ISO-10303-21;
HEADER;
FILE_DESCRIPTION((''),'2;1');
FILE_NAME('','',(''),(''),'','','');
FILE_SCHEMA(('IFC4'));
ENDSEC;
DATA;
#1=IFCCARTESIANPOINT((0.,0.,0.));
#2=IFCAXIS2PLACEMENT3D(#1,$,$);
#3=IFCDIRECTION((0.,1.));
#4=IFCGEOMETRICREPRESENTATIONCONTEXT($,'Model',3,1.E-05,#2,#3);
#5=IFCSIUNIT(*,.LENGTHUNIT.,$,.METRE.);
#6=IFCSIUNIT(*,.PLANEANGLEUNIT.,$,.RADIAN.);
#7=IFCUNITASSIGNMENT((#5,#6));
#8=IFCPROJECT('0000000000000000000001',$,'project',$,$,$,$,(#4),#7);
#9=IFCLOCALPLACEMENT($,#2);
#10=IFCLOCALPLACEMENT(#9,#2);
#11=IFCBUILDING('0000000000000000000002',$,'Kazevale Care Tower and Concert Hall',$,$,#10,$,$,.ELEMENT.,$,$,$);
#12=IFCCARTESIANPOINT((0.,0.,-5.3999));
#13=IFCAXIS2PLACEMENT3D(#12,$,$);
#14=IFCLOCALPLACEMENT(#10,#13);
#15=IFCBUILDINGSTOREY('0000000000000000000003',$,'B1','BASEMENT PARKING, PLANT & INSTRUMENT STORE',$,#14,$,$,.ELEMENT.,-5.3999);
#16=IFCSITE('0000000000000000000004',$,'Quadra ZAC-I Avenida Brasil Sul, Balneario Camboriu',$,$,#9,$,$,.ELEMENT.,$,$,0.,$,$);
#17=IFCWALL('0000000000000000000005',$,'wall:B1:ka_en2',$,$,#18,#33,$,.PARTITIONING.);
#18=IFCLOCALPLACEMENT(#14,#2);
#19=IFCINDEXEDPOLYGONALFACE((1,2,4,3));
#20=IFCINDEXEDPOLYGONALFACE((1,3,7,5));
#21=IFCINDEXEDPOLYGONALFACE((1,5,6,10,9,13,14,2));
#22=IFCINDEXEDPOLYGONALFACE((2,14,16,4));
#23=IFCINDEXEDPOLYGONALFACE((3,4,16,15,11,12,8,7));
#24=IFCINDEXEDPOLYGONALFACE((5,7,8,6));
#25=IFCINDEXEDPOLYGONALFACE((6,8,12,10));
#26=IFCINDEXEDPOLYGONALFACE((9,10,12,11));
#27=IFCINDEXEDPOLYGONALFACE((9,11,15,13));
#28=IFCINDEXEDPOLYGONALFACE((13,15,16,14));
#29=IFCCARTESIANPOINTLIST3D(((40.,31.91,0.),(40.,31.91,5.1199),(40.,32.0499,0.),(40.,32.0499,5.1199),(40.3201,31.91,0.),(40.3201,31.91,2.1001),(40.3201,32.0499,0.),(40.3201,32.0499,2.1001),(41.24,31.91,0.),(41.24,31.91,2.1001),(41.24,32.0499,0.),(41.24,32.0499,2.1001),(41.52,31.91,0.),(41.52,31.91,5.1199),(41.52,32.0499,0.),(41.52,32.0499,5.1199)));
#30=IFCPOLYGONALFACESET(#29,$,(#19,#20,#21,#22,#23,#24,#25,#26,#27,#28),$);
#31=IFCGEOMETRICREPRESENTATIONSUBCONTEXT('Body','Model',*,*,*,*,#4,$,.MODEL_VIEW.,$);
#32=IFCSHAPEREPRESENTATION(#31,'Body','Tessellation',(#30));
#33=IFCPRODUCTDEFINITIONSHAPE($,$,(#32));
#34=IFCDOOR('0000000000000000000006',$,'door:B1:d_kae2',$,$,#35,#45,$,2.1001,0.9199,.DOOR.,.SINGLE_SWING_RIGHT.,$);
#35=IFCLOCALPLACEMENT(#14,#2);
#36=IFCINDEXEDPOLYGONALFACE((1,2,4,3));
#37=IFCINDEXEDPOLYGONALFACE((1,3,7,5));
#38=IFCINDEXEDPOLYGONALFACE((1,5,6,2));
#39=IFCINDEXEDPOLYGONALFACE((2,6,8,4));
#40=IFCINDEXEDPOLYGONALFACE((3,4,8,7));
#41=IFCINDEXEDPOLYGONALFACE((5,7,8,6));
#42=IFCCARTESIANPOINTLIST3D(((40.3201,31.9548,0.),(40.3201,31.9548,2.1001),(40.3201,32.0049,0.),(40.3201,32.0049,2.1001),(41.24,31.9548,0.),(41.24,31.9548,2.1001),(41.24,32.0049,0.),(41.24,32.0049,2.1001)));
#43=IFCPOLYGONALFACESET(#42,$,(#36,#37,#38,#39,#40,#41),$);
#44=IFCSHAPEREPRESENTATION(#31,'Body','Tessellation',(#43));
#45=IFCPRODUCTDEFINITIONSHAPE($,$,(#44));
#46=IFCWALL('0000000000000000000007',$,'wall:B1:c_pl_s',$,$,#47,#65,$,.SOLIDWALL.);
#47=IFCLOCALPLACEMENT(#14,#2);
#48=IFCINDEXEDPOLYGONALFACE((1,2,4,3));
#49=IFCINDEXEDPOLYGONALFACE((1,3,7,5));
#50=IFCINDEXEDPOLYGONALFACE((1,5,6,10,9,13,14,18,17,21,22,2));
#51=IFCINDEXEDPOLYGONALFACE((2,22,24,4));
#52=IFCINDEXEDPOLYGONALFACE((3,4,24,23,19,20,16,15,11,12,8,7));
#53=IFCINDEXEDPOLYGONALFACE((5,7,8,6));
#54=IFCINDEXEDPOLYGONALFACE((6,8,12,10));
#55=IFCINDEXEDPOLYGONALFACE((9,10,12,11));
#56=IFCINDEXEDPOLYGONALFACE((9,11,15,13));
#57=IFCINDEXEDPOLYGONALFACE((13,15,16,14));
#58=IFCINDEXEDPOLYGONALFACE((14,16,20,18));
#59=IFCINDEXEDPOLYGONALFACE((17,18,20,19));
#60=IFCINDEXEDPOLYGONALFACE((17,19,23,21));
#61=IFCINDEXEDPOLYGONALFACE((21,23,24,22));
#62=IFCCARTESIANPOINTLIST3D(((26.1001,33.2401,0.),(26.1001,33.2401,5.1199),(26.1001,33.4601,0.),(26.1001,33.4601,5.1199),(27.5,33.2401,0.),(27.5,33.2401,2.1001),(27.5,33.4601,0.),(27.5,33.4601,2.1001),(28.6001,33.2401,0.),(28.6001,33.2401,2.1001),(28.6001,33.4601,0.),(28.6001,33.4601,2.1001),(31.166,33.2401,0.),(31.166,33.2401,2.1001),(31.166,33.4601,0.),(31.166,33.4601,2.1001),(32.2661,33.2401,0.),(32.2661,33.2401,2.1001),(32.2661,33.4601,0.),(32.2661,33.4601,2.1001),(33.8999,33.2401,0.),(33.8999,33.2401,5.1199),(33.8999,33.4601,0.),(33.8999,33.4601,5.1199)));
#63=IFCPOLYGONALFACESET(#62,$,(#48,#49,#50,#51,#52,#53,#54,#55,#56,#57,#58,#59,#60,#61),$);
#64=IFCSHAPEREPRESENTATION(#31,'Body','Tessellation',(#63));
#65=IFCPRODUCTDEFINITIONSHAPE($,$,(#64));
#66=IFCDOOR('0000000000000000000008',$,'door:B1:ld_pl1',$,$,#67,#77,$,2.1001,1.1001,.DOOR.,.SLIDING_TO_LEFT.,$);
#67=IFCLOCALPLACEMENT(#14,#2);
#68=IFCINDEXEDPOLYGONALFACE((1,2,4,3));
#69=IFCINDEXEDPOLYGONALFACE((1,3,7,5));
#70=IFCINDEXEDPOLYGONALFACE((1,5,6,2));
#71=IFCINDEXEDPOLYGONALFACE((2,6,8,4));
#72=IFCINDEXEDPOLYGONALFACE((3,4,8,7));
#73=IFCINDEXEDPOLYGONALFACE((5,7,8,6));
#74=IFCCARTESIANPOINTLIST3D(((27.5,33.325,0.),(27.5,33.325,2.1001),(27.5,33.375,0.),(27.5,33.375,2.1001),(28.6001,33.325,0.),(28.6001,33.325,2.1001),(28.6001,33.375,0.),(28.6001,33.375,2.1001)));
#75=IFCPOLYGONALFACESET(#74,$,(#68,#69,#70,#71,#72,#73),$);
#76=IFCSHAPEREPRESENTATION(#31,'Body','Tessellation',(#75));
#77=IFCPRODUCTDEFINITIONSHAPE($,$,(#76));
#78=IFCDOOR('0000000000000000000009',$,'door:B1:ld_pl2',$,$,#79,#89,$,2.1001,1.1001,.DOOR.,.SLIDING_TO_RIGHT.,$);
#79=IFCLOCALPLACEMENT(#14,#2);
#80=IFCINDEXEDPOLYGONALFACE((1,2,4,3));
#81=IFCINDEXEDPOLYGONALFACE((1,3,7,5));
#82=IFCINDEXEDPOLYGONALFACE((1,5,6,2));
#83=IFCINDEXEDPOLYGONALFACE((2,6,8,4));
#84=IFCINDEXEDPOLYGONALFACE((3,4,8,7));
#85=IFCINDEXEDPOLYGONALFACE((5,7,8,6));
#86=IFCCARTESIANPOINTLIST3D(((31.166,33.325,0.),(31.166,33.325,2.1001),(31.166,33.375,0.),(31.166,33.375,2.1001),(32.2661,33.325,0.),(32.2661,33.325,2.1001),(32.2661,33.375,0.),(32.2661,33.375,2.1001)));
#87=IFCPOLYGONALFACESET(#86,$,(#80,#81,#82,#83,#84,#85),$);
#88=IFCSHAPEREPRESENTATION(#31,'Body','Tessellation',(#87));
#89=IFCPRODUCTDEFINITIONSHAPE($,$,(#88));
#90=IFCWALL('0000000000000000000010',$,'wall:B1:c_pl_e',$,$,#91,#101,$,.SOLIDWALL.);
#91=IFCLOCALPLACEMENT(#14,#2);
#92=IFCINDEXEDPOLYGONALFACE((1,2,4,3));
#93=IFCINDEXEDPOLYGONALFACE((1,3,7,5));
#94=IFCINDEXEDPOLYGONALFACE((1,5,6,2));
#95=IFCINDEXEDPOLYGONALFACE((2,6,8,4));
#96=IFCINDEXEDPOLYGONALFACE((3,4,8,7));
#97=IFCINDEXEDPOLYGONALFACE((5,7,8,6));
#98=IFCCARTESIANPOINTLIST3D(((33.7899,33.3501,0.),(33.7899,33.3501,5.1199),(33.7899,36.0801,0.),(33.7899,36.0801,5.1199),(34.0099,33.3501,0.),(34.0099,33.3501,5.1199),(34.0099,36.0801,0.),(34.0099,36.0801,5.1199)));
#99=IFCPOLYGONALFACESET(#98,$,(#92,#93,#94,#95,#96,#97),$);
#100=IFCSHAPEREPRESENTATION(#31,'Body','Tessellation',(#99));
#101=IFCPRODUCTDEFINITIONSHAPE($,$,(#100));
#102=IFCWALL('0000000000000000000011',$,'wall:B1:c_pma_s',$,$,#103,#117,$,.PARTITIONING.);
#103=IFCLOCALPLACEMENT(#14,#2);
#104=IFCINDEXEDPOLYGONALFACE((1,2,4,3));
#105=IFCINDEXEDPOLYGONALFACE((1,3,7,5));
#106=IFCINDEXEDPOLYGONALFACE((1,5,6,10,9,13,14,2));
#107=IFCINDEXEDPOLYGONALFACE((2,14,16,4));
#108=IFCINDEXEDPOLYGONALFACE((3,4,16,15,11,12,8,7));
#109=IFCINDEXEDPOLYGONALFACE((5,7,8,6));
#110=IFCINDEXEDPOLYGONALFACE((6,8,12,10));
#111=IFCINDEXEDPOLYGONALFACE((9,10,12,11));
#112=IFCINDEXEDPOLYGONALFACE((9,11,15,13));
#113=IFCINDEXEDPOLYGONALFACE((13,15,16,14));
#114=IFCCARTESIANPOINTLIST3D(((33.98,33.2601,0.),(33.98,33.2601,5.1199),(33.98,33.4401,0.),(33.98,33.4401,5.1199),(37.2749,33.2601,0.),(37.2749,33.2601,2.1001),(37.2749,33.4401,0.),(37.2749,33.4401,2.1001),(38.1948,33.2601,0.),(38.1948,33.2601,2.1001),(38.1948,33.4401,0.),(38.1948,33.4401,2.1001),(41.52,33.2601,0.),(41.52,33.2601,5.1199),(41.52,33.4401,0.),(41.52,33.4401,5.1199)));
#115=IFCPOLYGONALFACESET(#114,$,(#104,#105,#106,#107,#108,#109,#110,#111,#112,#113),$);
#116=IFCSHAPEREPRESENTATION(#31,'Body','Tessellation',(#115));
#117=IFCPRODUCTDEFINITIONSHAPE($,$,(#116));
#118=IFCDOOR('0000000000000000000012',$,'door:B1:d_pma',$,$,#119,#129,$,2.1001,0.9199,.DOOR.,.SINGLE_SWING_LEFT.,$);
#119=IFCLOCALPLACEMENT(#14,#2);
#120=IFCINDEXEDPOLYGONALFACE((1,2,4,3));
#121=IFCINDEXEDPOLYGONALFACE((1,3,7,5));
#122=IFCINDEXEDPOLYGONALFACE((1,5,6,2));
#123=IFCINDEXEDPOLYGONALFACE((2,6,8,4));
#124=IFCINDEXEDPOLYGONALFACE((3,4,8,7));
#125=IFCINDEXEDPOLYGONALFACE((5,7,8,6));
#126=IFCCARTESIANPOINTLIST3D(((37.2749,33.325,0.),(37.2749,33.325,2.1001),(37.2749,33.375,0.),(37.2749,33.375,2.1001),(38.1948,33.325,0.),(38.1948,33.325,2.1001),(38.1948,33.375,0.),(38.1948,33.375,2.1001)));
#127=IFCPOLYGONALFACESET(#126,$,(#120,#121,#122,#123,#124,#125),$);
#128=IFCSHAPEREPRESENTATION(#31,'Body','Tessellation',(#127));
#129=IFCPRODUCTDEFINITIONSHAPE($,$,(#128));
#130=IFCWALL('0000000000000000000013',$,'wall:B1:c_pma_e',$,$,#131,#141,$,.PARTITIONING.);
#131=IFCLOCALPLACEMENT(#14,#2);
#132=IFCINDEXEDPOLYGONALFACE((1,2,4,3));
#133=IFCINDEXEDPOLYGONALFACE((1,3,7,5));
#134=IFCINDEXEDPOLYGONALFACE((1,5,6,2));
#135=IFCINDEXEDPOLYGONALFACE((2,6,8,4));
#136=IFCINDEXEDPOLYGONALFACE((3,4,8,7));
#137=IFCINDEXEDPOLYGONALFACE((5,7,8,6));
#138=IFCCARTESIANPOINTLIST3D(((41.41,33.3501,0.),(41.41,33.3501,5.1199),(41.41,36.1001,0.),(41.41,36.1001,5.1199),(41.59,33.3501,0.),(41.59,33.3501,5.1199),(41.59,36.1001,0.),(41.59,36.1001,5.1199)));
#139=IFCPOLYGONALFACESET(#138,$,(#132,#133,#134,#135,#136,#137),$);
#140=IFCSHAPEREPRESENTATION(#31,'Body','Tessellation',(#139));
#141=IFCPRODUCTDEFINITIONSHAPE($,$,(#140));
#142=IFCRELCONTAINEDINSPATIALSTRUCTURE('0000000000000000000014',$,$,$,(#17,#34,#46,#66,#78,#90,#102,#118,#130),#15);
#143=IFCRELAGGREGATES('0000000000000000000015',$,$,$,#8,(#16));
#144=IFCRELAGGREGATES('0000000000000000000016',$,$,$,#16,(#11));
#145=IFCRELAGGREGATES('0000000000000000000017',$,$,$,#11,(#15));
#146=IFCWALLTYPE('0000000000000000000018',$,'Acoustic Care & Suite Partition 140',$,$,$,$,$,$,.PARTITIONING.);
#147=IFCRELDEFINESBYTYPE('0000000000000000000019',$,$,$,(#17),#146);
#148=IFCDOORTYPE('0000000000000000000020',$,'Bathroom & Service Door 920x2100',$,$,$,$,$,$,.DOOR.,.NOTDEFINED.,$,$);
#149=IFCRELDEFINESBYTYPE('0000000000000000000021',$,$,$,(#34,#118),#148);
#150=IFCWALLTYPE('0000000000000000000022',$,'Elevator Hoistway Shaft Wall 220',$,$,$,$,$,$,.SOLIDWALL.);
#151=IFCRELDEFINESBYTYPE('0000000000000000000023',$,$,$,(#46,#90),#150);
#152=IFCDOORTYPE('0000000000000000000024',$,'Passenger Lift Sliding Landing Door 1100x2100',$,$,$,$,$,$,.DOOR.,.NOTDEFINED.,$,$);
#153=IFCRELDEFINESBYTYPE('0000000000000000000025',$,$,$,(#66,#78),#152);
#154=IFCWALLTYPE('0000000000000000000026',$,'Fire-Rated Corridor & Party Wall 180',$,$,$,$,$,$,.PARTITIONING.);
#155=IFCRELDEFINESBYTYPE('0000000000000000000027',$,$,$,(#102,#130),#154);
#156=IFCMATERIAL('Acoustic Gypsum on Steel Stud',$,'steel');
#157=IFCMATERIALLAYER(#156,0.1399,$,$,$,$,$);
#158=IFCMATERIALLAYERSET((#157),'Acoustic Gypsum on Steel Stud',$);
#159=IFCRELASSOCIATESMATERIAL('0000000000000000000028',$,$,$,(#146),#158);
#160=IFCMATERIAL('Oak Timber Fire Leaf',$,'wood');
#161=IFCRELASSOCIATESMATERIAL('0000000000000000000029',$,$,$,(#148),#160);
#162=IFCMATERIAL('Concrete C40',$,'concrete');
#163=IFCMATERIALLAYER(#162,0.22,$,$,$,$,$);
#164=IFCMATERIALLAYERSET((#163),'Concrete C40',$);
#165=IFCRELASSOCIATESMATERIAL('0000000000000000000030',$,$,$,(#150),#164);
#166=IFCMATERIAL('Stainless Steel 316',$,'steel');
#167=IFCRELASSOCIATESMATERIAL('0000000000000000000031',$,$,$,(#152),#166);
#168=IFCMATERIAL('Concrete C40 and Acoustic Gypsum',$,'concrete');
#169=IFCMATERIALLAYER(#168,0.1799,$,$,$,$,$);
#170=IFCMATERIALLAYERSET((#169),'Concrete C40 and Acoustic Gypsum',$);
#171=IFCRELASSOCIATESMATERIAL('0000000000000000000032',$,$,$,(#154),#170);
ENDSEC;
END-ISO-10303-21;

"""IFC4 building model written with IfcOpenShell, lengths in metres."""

from ifc_helpers import new_model, si_unit, direction, frame, frame_2d, origin, place, context, subcontext, project, spatial, rectangle, extrude, material, layer, layer_set, type_object, element, fill, save


model = new_model("IFC4")

# Units and contexts
model_context = context("Model", 3, precision=1e-05, world=origin(), true_north=direction((0.0, 1.0)))
body_context = subcontext(model_context, "Body", "Model", "MODEL_VIEW")
ifc_project = project(units=[si_unit("LENGTHUNIT", "METRE"), si_unit("PLANEANGLEUNIT", "RADIAN")], contexts=[model_context])

# Site, building, storey
site_placement = place(None, origin())
site = spatial("IfcSite", under=ifc_project, at=site_placement, Name="Quadra ZAC-I Avenida Brasil Sul, Balneario Camboriu", CompositionType="ELEMENT", RefElevation=0.0)
building_placement = place(site_placement, origin())
building = spatial("IfcBuilding", under=site, at=building_placement, Name="Kazevale Care Tower and Concert Hall", CompositionType="ELEMENT")
storey_placement = place(building_placement, frame((0.0, 0.0, -5.3999)))
storey = spatial("IfcBuildingStorey", under=building, at=storey_placement, Name="B1", Description="BASEMENT PARKING, PLANT & INSTRUMENT STORE", CompositionType="ELEMENT", Elevation=-5.3999)

# Wall, opening, door
ifc_material_1 = material(Name="Acoustic Gypsum on Steel Stud", Category="steel")
ifc_layer_1 = layer(ifc_material_1, 0.1399)
ifc_layer_set_1 = layer_set([ifc_layer_1], Name="Acoustic Gypsum on Steel Stud")
wall_type_1 = type_object("IfcWallType", Name="Acoustic Care & Suite Partition 140", PredefinedType="PARTITIONING", material=ifc_layer_set_1)
wall_1_placement = place(storey_placement, frame((40.0, 31.98, 0.0), z_axis=(0.0, 0.0, 1.0), x_axis=(1.0, 0.0, 0.0)))
wall_1 = element("IfcWall", 1, at=wall_1_placement, inside=storey, type_object=wall_type_1, Name="wall:B1:ka_en2", PredefinedType="PARTITIONING", context=body_context, shape_type="SweptSolid", body=[
    extrude(rectangle(XDim=1.52, YDim=0.1399, at=frame_2d((0.76, 0.0))), origin(), (0.0, 0.0, 1.0), 5.1199),
])
opening_1_placement = place(wall_1_placement, frame((0.3201, 0.0, 0.0)))
opening_1 = element("IfcOpeningElement", 2, at=opening_1_placement, cuts=wall_1, PredefinedType="OPENING", context=body_context, shape_type="SweptSolid", body=[
    extrude(rectangle(XDim=0.9199, YDim=2.1001, at=frame_2d((0.46, 1.05))), frame((0.0, 0.0798, 0.0), z_axis=(0.0, -1.0, 0.0), x_axis=(1.0, 0.0, 0.0)), (0.0, 0.0, 1.0), 0.1599),
])
ifc_material_2 = material(Name="Oak Timber Fire Leaf", Category="wood")
door_type_1 = type_object("IfcDoorType", Name="Bathroom & Service Door 920x2100", OperationType="NOTDEFINED", PredefinedType="DOOR", material=ifc_material_2)
door_1_placement = place(opening_1_placement, origin())
door_1 = element("IfcDoor", 3, at=door_1_placement, inside=storey, type_object=door_type_1, Name="door:B1:d_kae2", OperationType="SINGLE_SWING_RIGHT", OverallHeight=2.1001, OverallWidth=0.9199, PredefinedType="DOOR", context=body_context, shape_type="SweptSolid", body=[
    extrude(rectangle(XDim=0.9199, YDim=2.1001, at=frame_2d((0.46, 1.05))), frame((0.0, 0.0249, 0.0), z_axis=(0.0, -1.0, 0.0), x_axis=(1.0, 0.0, 0.0)), (0.0, 0.0, 1.0), 0.05),
])
fill(opening_1, door_1)

# Wall, openings, doors
ifc_material_3 = material(Name="Concrete C40", Category="concrete")
ifc_layer_2 = layer(ifc_material_3, 0.22)
ifc_layer_set_2 = layer_set([ifc_layer_2], Name="Concrete C40")
wall_type_2 = type_object("IfcWallType", Name="Elevator Hoistway Shaft Wall 220", PredefinedType="SOLIDWALL", material=ifc_layer_set_2)
wall_2_placement = place(storey_placement, frame((26.1001, 33.3501, 0.0), z_axis=(0.0, 0.0, 1.0), x_axis=(1.0, 0.0, 0.0)))
wall_2 = element("IfcWall", 4, at=wall_2_placement, inside=storey, type_object=wall_type_2, Name="wall:B1:c_pl_s", PredefinedType="SOLIDWALL", context=body_context, shape_type="SweptSolid", body=[
    extrude(rectangle(XDim=7.7998, YDim=0.22, at=frame_2d((3.8999, 0.0))), origin(), (0.0, 0.0, 1.0), 5.1199),
])
opening_2_placement = place(wall_2_placement, frame((1.3999, 0.0, 0.0)))
opening_2 = element("IfcOpeningElement", 5, at=opening_2_placement, cuts=wall_2, PredefinedType="OPENING", context=body_context, shape_type="SweptSolid", body=[
    extrude(rectangle(XDim=1.1001, YDim=2.1001, at=frame_2d((0.55, 1.05))), frame((0.0, 0.1199, 0.0), z_axis=(0.0, -1.0, 0.0), x_axis=(1.0, 0.0, 0.0)), (0.0, 0.0, 1.0), 0.24),
])
opening_3_placement = place(wall_2_placement, frame((5.0659, 0.0, 0.0)))
opening_3 = element("IfcOpeningElement", 6, at=opening_3_placement, cuts=wall_2, PredefinedType="OPENING", context=body_context, shape_type="SweptSolid", body=[
    extrude(rectangle(XDim=1.1001, YDim=2.1001, at=frame_2d((0.55, 1.05))), frame((0.0, 0.1199, 0.0), z_axis=(0.0, -1.0, 0.0), x_axis=(1.0, 0.0, 0.0)), (0.0, 0.0, 1.0), 0.24),
])
ifc_material_4 = material(Name="Stainless Steel 316", Category="steel")
door_type_2 = type_object("IfcDoorType", Name="Passenger Lift Sliding Landing Door 1100x2100", OperationType="NOTDEFINED", PredefinedType="DOOR", material=ifc_material_4)
door_2_placement = place(opening_2_placement, origin())
door_2 = element("IfcDoor", 7, at=door_2_placement, inside=storey, type_object=door_type_2, Name="door:B1:ld_pl1", OperationType="SLIDING_TO_LEFT", OverallHeight=2.1001, OverallWidth=1.1001, PredefinedType="DOOR", context=body_context, shape_type="SweptSolid", body=[
    extrude(rectangle(XDim=1.1001, YDim=2.1001, at=frame_2d((0.55, 1.05))), frame((0.0, 0.0249, 0.0), z_axis=(0.0, -1.0, 0.0), x_axis=(1.0, 0.0, 0.0)), (0.0, 0.0, 1.0), 0.05),
])
fill(opening_2, door_2)
door_3_placement = place(opening_3_placement, origin())
door_3 = element("IfcDoor", 8, at=door_3_placement, inside=storey, type_object=door_type_2, Name="door:B1:ld_pl2", OperationType="SLIDING_TO_RIGHT", OverallHeight=2.1001, OverallWidth=1.1001, PredefinedType="DOOR", context=body_context, shape_type="SweptSolid", body=[
    extrude(rectangle(XDim=1.1001, YDim=2.1001, at=frame_2d((0.55, 1.05))), frame((0.0, 0.0249, 0.0), z_axis=(0.0, -1.0, 0.0), x_axis=(1.0, 0.0, 0.0)), (0.0, 0.0, 1.0), 0.05),
])
fill(opening_3, door_3)

# Wall
wall_3_placement = place(storey_placement, frame((33.8999, 33.3501, 0.0), z_axis=(0.0, 0.0, 1.0), x_axis=(0.0, 1.0, 0.0)))
element("IfcWall", 9, at=wall_3_placement, inside=storey, type_object=wall_type_2, Name="wall:B1:c_pl_e", PredefinedType="SOLIDWALL", context=body_context, shape_type="SweptSolid", body=[
    extrude(rectangle(XDim=2.73, YDim=0.22, at=frame_2d((1.365, 0.0))), origin(), (0.0, 0.0, 1.0), 5.1199),
])

# Wall, opening, door
ifc_material_5 = material(Name="Concrete C40 and Acoustic Gypsum", Category="concrete")
ifc_layer_3 = layer(ifc_material_5, 0.1799)
ifc_layer_set_3 = layer_set([ifc_layer_3], Name="Concrete C40 and Acoustic Gypsum")
wall_type_3 = type_object("IfcWallType", Name="Fire-Rated Corridor & Party Wall 180", PredefinedType="PARTITIONING", material=ifc_layer_set_3)
wall_4_placement = place(storey_placement, frame((33.98, 33.3501, 0.0), z_axis=(0.0, 0.0, 1.0), x_axis=(1.0, 0.0, 0.0)))
wall_4 = element("IfcWall", 10, at=wall_4_placement, inside=storey, type_object=wall_type_3, Name="wall:B1:c_pma_s", PredefinedType="PARTITIONING", context=body_context, shape_type="SweptSolid", body=[
    extrude(rectangle(XDim=7.54, YDim=0.1799, at=frame_2d((3.77, 0.0))), origin(), (0.0, 0.0, 1.0), 5.1199),
])
opening_4_placement = place(wall_4_placement, frame((3.2949, 0.0, 0.0)))
opening_4 = element("IfcOpeningElement", 11, at=opening_4_placement, cuts=wall_4, PredefinedType="OPENING", context=body_context, shape_type="SweptSolid", body=[
    extrude(rectangle(XDim=0.9199, YDim=2.1001, at=frame_2d((0.46, 1.05))), frame((0.0, 0.0999, 0.0), z_axis=(0.0, -1.0, 0.0), x_axis=(1.0, 0.0, 0.0)), (0.0, 0.0, 1.0), 0.2),
])
door_4_placement = place(opening_4_placement, origin())
door_4 = element("IfcDoor", 12, at=door_4_placement, inside=storey, type_object=door_type_1, Name="door:B1:d_pma", OperationType="SINGLE_SWING_LEFT", OverallHeight=2.1001, OverallWidth=0.9199, PredefinedType="DOOR", context=body_context, shape_type="SweptSolid", body=[
    extrude(rectangle(XDim=0.9199, YDim=2.1001, at=frame_2d((0.46, 1.05))), frame((0.0, 0.0249, 0.0), z_axis=(0.0, -1.0, 0.0), x_axis=(1.0, 0.0, 0.0)), (0.0, 0.0, 1.0), 0.05),
])
fill(opening_4, door_4)

# Wall
wall_5_placement = place(storey_placement, frame((41.5, 33.3501, 0.0), z_axis=(0.0, 0.0, 1.0), x_axis=(0.0, 1.0, 0.0)))
element("IfcWall", 13, at=wall_5_placement, inside=storey, type_object=wall_type_3, Name="wall:B1:c_pma_e", PredefinedType="PARTITIONING", context=body_context, shape_type="SweptSolid", body=[
    extrude(rectangle(XDim=2.75, YDim=0.1799, at=frame_2d((1.375, 0.0))), origin(), (0.0, 0.0, 1.0), 5.1199),
])

save(model, "model.ifc")
